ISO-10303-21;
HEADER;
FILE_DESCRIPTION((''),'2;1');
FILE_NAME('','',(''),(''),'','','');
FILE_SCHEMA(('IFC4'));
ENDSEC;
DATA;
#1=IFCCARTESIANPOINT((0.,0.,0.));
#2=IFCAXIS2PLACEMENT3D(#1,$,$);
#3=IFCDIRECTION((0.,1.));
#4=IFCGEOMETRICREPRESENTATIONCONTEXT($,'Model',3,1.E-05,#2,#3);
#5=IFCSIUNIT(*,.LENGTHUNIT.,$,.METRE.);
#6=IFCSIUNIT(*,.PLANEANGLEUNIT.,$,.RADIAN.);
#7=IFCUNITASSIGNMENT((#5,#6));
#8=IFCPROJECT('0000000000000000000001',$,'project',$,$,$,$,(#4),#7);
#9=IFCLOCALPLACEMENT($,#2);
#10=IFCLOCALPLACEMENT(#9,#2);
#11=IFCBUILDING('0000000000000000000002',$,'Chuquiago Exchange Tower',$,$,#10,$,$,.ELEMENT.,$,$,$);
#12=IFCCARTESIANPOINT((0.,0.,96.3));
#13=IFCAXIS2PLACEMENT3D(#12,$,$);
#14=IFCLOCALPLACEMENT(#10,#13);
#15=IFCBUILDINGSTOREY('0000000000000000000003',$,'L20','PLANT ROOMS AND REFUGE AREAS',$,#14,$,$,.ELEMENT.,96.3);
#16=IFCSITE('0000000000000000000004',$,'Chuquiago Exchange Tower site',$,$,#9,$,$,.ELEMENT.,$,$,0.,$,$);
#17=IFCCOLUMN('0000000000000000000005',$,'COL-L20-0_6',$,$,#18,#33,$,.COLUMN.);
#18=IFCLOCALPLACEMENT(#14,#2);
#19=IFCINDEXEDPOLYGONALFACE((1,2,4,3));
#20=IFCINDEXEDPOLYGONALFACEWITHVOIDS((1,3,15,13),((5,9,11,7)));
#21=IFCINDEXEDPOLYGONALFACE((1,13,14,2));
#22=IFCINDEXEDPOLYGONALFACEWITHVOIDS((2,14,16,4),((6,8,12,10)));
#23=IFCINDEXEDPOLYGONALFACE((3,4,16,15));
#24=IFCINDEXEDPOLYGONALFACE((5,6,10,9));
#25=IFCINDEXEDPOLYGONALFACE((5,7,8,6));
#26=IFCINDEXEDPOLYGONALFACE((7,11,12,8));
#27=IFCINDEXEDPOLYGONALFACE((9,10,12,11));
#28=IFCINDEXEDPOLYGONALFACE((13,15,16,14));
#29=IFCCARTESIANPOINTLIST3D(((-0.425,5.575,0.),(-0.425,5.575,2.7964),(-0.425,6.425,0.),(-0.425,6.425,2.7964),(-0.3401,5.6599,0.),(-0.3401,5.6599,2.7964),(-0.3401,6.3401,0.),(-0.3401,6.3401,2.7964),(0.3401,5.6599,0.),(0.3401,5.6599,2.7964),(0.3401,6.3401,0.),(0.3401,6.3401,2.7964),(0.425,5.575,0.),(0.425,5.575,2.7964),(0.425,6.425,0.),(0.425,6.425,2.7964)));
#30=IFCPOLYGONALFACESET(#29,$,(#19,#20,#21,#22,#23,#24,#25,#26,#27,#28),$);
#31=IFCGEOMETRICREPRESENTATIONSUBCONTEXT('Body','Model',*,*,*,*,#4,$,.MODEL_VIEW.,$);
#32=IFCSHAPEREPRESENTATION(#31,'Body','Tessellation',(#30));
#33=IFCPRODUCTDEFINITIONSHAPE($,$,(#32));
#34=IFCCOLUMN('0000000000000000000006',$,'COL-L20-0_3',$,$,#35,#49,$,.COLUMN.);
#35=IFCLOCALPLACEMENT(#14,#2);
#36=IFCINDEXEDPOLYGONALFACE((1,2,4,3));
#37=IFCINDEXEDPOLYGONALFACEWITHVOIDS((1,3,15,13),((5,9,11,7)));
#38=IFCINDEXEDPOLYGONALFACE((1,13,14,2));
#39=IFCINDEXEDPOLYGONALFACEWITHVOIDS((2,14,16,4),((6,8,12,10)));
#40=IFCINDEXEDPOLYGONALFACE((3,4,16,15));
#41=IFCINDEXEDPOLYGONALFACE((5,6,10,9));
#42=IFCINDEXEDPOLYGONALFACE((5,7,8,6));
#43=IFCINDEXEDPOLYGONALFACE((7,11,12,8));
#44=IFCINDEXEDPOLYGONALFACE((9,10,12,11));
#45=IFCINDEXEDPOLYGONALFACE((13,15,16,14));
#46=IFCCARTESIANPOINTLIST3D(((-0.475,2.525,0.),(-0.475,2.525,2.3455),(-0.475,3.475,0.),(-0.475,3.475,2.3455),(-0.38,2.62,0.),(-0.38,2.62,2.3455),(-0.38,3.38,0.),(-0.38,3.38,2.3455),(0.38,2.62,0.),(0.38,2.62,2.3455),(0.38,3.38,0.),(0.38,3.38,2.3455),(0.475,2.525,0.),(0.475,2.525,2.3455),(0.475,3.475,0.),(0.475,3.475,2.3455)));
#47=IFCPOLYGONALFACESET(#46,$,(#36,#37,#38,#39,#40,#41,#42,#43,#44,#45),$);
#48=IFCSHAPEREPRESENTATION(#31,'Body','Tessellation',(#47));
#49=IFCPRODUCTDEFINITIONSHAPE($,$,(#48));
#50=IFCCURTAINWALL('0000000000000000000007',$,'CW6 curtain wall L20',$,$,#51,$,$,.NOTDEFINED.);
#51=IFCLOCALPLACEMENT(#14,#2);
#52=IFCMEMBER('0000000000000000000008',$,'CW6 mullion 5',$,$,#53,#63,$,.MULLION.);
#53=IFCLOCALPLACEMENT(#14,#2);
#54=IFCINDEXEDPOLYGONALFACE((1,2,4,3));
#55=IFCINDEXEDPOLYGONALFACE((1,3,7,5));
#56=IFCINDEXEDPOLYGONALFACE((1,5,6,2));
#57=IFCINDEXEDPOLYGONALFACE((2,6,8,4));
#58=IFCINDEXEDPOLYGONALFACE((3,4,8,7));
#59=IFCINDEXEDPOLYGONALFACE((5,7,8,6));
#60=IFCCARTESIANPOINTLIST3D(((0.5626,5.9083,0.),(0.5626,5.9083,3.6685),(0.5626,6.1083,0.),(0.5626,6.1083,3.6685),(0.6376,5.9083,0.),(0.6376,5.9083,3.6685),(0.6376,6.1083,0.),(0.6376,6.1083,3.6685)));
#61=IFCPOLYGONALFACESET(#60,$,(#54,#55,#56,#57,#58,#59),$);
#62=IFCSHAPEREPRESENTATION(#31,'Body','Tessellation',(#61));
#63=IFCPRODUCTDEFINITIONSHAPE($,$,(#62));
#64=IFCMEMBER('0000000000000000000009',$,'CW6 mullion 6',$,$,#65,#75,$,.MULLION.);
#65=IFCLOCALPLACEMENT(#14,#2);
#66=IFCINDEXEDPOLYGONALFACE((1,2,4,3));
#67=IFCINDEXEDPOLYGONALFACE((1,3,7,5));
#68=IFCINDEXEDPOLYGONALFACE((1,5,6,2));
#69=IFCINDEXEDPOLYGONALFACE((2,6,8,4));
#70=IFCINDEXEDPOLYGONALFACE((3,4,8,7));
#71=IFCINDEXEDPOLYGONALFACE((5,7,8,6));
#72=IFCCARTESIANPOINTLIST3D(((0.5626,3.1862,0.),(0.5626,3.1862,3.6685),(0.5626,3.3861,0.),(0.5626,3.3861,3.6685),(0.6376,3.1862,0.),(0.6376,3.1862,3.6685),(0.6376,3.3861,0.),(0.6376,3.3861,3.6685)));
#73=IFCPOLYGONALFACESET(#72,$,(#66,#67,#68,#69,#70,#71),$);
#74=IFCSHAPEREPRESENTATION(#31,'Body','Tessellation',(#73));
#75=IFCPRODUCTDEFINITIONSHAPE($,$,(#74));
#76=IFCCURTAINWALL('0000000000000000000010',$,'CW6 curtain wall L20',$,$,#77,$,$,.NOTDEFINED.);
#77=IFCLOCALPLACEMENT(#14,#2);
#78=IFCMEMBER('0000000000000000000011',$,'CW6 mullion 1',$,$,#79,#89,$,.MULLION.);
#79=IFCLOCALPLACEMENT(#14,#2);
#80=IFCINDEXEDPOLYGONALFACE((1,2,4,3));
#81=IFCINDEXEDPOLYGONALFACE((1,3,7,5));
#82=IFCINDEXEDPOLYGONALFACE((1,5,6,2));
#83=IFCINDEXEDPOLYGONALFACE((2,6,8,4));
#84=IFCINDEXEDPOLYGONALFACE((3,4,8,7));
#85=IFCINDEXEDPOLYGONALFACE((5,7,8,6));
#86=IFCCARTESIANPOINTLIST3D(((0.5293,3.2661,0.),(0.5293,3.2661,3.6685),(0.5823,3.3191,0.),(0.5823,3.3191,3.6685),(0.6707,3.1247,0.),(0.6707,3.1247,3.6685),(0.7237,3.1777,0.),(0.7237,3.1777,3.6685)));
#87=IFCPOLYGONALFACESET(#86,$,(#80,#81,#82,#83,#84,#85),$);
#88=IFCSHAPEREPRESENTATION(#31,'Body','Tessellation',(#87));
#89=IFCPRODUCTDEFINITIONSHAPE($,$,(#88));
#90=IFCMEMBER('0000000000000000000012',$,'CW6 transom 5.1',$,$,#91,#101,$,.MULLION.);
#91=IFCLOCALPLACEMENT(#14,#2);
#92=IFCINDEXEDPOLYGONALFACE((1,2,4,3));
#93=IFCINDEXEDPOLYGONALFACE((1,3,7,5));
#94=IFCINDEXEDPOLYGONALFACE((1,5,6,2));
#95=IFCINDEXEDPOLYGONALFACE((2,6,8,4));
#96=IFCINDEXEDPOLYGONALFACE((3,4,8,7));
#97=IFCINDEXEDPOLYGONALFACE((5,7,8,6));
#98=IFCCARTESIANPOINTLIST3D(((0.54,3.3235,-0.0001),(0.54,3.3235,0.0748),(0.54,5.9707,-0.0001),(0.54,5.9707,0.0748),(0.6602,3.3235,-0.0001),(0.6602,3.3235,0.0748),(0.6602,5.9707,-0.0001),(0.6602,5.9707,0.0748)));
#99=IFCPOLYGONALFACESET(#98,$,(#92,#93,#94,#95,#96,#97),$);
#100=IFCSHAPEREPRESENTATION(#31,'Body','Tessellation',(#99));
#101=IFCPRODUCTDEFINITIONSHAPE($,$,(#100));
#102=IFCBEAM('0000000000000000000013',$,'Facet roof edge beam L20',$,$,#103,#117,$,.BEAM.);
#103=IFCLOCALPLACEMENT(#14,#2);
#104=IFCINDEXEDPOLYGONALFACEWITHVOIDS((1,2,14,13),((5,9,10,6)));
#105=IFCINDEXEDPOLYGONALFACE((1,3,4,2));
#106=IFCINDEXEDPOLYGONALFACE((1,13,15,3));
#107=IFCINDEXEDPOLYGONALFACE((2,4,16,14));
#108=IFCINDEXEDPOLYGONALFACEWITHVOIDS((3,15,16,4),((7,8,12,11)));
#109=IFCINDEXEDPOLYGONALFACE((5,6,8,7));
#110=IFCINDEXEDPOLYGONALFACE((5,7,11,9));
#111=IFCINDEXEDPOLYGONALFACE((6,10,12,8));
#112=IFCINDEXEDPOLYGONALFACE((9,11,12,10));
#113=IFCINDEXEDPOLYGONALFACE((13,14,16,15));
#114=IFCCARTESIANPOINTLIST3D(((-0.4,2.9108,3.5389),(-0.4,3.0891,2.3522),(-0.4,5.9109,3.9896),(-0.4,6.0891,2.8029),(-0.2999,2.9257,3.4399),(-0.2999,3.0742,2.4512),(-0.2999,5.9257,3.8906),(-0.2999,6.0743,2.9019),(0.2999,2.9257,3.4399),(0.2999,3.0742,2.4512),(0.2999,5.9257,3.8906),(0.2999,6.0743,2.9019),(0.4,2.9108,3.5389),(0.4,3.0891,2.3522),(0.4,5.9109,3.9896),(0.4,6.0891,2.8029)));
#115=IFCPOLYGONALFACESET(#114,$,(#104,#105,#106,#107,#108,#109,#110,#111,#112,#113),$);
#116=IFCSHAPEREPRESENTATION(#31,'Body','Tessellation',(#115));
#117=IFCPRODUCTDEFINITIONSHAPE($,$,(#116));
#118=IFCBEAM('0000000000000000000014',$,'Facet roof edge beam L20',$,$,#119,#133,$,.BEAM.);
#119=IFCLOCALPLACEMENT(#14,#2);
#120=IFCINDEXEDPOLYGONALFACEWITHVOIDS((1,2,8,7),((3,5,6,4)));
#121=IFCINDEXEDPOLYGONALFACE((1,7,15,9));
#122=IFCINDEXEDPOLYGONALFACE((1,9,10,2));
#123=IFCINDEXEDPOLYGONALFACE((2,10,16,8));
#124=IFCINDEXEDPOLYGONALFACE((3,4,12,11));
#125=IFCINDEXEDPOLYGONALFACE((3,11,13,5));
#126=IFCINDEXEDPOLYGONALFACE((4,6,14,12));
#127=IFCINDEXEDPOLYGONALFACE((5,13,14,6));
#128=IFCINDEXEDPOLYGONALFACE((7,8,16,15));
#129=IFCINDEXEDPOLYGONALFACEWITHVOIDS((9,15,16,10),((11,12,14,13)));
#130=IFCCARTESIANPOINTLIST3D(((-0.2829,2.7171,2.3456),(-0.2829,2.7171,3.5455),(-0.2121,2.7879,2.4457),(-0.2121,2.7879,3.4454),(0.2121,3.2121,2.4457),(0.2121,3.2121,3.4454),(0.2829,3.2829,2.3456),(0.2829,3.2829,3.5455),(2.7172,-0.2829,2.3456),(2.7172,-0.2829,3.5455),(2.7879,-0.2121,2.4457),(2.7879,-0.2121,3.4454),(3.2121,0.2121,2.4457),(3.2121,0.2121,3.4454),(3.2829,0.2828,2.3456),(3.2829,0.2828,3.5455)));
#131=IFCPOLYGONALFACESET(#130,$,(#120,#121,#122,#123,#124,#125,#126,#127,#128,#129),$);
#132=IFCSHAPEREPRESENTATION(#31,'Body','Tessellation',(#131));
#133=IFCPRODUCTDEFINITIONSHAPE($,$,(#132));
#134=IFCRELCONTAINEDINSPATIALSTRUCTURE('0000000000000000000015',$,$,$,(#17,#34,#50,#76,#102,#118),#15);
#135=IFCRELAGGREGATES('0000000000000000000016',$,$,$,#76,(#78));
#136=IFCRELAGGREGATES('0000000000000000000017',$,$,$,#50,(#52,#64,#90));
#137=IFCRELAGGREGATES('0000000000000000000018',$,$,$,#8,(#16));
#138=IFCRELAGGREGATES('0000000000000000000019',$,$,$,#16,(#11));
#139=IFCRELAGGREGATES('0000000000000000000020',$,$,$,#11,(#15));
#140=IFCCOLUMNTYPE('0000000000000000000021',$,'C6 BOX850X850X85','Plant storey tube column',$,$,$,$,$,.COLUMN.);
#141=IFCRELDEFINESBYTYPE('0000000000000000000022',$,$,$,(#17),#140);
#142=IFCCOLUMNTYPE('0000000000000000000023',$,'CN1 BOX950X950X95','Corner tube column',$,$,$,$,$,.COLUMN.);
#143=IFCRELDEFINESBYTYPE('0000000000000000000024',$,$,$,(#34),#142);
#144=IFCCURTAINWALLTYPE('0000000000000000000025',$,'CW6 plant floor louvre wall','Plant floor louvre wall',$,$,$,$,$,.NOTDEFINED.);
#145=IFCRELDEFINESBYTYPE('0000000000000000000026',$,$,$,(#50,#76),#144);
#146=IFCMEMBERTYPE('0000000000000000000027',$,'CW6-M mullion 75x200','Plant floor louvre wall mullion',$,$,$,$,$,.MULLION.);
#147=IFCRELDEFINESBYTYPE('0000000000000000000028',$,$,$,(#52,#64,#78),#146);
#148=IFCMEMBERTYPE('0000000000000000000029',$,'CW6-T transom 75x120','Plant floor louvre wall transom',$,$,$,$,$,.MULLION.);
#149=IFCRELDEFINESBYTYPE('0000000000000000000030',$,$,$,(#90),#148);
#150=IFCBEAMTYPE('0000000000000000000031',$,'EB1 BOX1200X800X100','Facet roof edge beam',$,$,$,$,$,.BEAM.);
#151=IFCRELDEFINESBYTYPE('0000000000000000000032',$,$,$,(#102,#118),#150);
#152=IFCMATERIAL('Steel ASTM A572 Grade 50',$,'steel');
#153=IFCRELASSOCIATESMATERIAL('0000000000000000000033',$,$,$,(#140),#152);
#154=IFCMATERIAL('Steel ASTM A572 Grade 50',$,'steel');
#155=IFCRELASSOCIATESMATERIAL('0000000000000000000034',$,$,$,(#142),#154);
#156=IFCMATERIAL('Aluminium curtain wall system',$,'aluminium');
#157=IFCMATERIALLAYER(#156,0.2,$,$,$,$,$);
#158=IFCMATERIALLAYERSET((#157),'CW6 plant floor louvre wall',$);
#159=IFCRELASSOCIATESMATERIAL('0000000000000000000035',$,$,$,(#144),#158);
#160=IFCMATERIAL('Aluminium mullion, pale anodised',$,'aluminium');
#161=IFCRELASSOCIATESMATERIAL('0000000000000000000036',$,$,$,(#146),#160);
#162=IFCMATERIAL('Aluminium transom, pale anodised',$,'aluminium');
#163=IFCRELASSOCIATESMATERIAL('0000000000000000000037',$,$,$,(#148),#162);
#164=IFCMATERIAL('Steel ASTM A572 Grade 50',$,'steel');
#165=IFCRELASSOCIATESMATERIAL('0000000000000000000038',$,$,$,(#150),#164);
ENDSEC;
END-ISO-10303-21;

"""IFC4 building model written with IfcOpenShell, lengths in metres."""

from ifc_helpers import new_model, si_unit, direction, frame, origin, origin_2d, place, context, subcontext, project, spatial, rectangle, hollow_rectangle, extrude, material, layer, layer_set, material_profile, profile_set, type_object, element, aggregate, save


model = new_model("IFC4")

# Units and contexts
model_context = context("Model", 3, precision=1e-05, world=origin(), true_north=direction((0.0, 1.0)))
body_context = subcontext(model_context, "Body", "Model", "MODEL_VIEW")
ifc_project = project(units=[si_unit("LENGTHUNIT", "METRE"), si_unit("PLANEANGLEUNIT", "RADIAN")], contexts=[model_context])

# Site, building, storey
site_placement = place(None, origin())
site = spatial("IfcSite", under=ifc_project, at=site_placement, Name="Chuquiago Exchange Tower site", CompositionType="ELEMENT", RefElevation=0.0)
building_placement = place(site_placement, origin())
building = spatial("IfcBuilding", under=site, at=building_placement, Name="Chuquiago Exchange Tower", CompositionType="ELEMENT")
storey_placement = place(building_placement, frame((0.0, 0.0, 96.3)))
storey = spatial("IfcBuildingStorey", under=building, at=storey_placement, Name="L20", Description="PLANT ROOMS AND REFUGE AREAS", CompositionType="ELEMENT", Elevation=96.3)

# Columns
ifc_material_1 = material(Name="Steel ASTM A572 Grade 50", Category="steel")
ifc_material_profile_1 = material_profile(ifc_material_1, hollow_rectangle(XDim=0.8501, YDim=0.8501, WallThickness=0.085, at=origin_2d()), Name="BOX850X850X85")
ifc_profile_set_1 = profile_set([ifc_material_profile_1], Name="Steel ASTM A572 Grade 50")
column_type_1 = type_object("IfcColumnType", Name="C6 BOX850X850X85", Description="Plant storey tube column", PredefinedType="COLUMN", material=ifc_profile_set_1)
column_1_placement = place(storey_placement, frame((0.0, 6.0, 0.0), z_axis=(0.0, 0.0, 1.0), x_axis=(-1.0, 0.0, 0.0)))
element("IfcColumn", 1, at=column_1_placement, inside=storey, type_object=column_type_1, Name="COL-L20-0_6", PredefinedType="COLUMN", context=body_context, shape_type="SweptSolid", body=[
    extrude(hollow_rectangle(XDim=0.8501, YDim=0.8501, WallThickness=0.085, at=origin_2d()), origin(), (0.0, 0.0, 1.0), 2.7964),
])
ifc_material_2 = material(Name="Steel ASTM A572 Grade 50", Category="steel")
ifc_material_profile_2 = material_profile(ifc_material_2, hollow_rectangle(XDim=0.95, YDim=0.95, WallThickness=0.095, at=origin_2d()), Name="BOX950X950X95")
ifc_profile_set_2 = profile_set([ifc_material_profile_2], Name="Steel ASTM A572 Grade 50")
column_type_2 = type_object("IfcColumnType", Name="CN1 BOX950X950X95", Description="Corner tube column", PredefinedType="COLUMN", material=ifc_profile_set_2)
column_2_placement = place(storey_placement, frame((0.0, 3.0, 0.0), z_axis=(0.0, 0.0, 1.0), x_axis=(-1.0, 0.0, 0.0)))
element("IfcColumn", 2, at=column_2_placement, inside=storey, type_object=column_type_2, Name="COL-L20-0_3", PredefinedType="COLUMN", context=body_context, shape_type="SweptSolid", body=[
    extrude(hollow_rectangle(XDim=0.95, YDim=0.95, WallThickness=0.095, at=origin_2d()), origin(), (0.0, 0.0, 1.0), 2.3455),
])

# Curtain wall, members
ifc_material_3 = material(Name="Aluminium curtain wall system", Category="aluminium")
ifc_layer_1 = layer(ifc_material_3, 0.2)
ifc_layer_set_1 = layer_set([ifc_layer_1], Name="CW6 plant floor louvre wall")
curtain_wall_type = type_object("IfcCurtainWallType", Name="CW6 plant floor louvre wall", Description="Plant floor louvre wall", PredefinedType="NOTDEFINED", material=ifc_layer_set_1)
curtain_wall_1_placement = place(storey_placement, origin())
curtain_wall_1 = element("IfcCurtainWall", 3, at=curtain_wall_1_placement, inside=storey, type_object=curtain_wall_type, Name="CW6 curtain wall L20", PredefinedType="NOTDEFINED")
ifc_material_4 = material(Name="Aluminium mullion, pale anodised", Category="aluminium")
ifc_material_profile_3 = material_profile(ifc_material_4, rectangle(XDim=0.075, YDim=0.2, at=origin_2d()), Name="AL 75x200")
ifc_profile_set_3 = profile_set([ifc_material_profile_3], Name="Aluminium mullion, pale anodised")
member_type_1 = type_object("IfcMemberType", Name="CW6-M mullion 75x200", Description="Plant floor louvre wall mullion", PredefinedType="MULLION", material=ifc_profile_set_3)
member_1_placement = place(storey_placement, frame((0.6001, 6.0083, 0.0), z_axis=(0.0, 0.0, 1.0), x_axis=(1.0, 0.0, 0.0)))
member_1 = element("IfcMember", 4, at=member_1_placement, type_object=member_type_1, Name="CW6 mullion 5", PredefinedType="MULLION", context=body_context, shape_type="SweptSolid", body=[
    extrude(rectangle(XDim=0.075, YDim=0.2, at=origin_2d()), origin(), (0.0, 0.0, 1.0), 3.6685),
])
member_2_placement = place(storey_placement, frame((0.6001, 3.2861, 0.0), z_axis=(0.0, 0.0, 1.0), x_axis=(1.0, 0.0, 0.0)))
member_2 = element("IfcMember", 5, at=member_2_placement, type_object=member_type_1, Name="CW6 mullion 6", PredefinedType="MULLION", context=body_context, shape_type="SweptSolid", body=[
    extrude(rectangle(XDim=0.075, YDim=0.2, at=origin_2d()), origin(), (0.0, 0.0, 1.0), 3.6685),
])

# Curtain wall, member
curtain_wall_2_placement = place(storey_placement, origin())
curtain_wall_2 = element("IfcCurtainWall", 6, at=curtain_wall_2_placement, inside=storey, type_object=curtain_wall_type, Name="CW6 curtain wall L20", PredefinedType="NOTDEFINED")
member_3_placement = place(storey_placement, frame((0.6265, 3.2219, 0.0), z_axis=(0.0, 0.0, 1.0), x_axis=(0.707107, 0.707107, 0.0)))
member_3 = element("IfcMember", 7, at=member_3_placement, type_object=member_type_1, Name="CW6 mullion 1", PredefinedType="MULLION", context=body_context, shape_type="SweptSolid", body=[
    extrude(rectangle(XDim=0.075, YDim=0.2, at=origin_2d()), origin(), (0.0, 0.0, 1.0), 3.6685),
])
aggregate(curtain_wall_2, [member_3])

# Member
ifc_material_5 = material(Name="Aluminium transom, pale anodised", Category="aluminium")
ifc_material_profile_4 = material_profile(ifc_material_5, rectangle(XDim=0.1201, YDim=0.075, at=origin_2d()), Name="AL 120x75")
ifc_profile_set_4 = profile_set([ifc_material_profile_4], Name="Aluminium transom, pale anodised")
member_type_2 = type_object("IfcMemberType", Name="CW6-T transom 75x120", Description="Plant floor louvre wall transom", PredefinedType="MULLION", material=ifc_profile_set_4)
member_4_placement = place(storey_placement, frame((0.6001, 5.9707, 0.0374), z_axis=(0.0, -1.0, 0.0), x_axis=(1.0, 0.0, 0.0)))
member_4 = element("IfcMember", 8, at=member_4_placement, type_object=member_type_2, Name="CW6 transom 5.1", PredefinedType="MULLION", context=body_context, shape_type="SweptSolid", body=[
    extrude(rectangle(XDim=0.1201, YDim=0.075, at=origin_2d()), origin(), (0.0, 0.0, 1.0), 2.6472),
])

# Beams
ifc_material_6 = material(Name="Steel ASTM A572 Grade 50", Category="steel")
ifc_material_profile_5 = material_profile(ifc_material_6, hollow_rectangle(XDim=0.8, YDim=1.2, WallThickness=0.1001, at=origin_2d()), Name="BOX1200X800X100")
ifc_profile_set_5 = profile_set([ifc_material_profile_5], Name="Steel ASTM A572 Grade 50")
beam_type = type_object("IfcBeamType", Name="EB1 BOX1200X800X100", Description="Facet roof edge beam", PredefinedType="BEAM", material=ifc_profile_set_5)
beam_1_placement = place(storey_placement, frame((0.0, 6.0, 3.3962), z_axis=(0.0, -0.988903, -0.148561), x_axis=(1.0, 0.0, 0.0)))
element("IfcBeam", 9, at=beam_1_placement, inside=storey, type_object=beam_type, Name="Facet roof edge beam L20", PredefinedType="BEAM", context=body_context, shape_type="SweptSolid", body=[
    extrude(hollow_rectangle(XDim=0.8, YDim=1.2, WallThickness=0.1001, at=origin_2d()), origin(), (0.0, 0.0, 1.0), 3.0337),
])
beam_2_placement = place(storey_placement, frame((0.0, 3.0, 2.9456), z_axis=(0.707107, -0.707107, 0.0), x_axis=(0.707107, 0.707107, 0.0)))
element("IfcBeam", 10, at=beam_2_placement, inside=storey, type_object=beam_type, Name="Facet roof edge beam L20", PredefinedType="BEAM", context=body_context, shape_type="SweptSolid", body=[
    extrude(hollow_rectangle(XDim=0.8, YDim=1.2, WallThickness=0.1001, at=origin_2d()), origin(), (0.0, 0.0, 1.0), 4.2427),
])

aggregate(curtain_wall_1, [member_1, member_2, member_4])

save(model, "model.ifc")
